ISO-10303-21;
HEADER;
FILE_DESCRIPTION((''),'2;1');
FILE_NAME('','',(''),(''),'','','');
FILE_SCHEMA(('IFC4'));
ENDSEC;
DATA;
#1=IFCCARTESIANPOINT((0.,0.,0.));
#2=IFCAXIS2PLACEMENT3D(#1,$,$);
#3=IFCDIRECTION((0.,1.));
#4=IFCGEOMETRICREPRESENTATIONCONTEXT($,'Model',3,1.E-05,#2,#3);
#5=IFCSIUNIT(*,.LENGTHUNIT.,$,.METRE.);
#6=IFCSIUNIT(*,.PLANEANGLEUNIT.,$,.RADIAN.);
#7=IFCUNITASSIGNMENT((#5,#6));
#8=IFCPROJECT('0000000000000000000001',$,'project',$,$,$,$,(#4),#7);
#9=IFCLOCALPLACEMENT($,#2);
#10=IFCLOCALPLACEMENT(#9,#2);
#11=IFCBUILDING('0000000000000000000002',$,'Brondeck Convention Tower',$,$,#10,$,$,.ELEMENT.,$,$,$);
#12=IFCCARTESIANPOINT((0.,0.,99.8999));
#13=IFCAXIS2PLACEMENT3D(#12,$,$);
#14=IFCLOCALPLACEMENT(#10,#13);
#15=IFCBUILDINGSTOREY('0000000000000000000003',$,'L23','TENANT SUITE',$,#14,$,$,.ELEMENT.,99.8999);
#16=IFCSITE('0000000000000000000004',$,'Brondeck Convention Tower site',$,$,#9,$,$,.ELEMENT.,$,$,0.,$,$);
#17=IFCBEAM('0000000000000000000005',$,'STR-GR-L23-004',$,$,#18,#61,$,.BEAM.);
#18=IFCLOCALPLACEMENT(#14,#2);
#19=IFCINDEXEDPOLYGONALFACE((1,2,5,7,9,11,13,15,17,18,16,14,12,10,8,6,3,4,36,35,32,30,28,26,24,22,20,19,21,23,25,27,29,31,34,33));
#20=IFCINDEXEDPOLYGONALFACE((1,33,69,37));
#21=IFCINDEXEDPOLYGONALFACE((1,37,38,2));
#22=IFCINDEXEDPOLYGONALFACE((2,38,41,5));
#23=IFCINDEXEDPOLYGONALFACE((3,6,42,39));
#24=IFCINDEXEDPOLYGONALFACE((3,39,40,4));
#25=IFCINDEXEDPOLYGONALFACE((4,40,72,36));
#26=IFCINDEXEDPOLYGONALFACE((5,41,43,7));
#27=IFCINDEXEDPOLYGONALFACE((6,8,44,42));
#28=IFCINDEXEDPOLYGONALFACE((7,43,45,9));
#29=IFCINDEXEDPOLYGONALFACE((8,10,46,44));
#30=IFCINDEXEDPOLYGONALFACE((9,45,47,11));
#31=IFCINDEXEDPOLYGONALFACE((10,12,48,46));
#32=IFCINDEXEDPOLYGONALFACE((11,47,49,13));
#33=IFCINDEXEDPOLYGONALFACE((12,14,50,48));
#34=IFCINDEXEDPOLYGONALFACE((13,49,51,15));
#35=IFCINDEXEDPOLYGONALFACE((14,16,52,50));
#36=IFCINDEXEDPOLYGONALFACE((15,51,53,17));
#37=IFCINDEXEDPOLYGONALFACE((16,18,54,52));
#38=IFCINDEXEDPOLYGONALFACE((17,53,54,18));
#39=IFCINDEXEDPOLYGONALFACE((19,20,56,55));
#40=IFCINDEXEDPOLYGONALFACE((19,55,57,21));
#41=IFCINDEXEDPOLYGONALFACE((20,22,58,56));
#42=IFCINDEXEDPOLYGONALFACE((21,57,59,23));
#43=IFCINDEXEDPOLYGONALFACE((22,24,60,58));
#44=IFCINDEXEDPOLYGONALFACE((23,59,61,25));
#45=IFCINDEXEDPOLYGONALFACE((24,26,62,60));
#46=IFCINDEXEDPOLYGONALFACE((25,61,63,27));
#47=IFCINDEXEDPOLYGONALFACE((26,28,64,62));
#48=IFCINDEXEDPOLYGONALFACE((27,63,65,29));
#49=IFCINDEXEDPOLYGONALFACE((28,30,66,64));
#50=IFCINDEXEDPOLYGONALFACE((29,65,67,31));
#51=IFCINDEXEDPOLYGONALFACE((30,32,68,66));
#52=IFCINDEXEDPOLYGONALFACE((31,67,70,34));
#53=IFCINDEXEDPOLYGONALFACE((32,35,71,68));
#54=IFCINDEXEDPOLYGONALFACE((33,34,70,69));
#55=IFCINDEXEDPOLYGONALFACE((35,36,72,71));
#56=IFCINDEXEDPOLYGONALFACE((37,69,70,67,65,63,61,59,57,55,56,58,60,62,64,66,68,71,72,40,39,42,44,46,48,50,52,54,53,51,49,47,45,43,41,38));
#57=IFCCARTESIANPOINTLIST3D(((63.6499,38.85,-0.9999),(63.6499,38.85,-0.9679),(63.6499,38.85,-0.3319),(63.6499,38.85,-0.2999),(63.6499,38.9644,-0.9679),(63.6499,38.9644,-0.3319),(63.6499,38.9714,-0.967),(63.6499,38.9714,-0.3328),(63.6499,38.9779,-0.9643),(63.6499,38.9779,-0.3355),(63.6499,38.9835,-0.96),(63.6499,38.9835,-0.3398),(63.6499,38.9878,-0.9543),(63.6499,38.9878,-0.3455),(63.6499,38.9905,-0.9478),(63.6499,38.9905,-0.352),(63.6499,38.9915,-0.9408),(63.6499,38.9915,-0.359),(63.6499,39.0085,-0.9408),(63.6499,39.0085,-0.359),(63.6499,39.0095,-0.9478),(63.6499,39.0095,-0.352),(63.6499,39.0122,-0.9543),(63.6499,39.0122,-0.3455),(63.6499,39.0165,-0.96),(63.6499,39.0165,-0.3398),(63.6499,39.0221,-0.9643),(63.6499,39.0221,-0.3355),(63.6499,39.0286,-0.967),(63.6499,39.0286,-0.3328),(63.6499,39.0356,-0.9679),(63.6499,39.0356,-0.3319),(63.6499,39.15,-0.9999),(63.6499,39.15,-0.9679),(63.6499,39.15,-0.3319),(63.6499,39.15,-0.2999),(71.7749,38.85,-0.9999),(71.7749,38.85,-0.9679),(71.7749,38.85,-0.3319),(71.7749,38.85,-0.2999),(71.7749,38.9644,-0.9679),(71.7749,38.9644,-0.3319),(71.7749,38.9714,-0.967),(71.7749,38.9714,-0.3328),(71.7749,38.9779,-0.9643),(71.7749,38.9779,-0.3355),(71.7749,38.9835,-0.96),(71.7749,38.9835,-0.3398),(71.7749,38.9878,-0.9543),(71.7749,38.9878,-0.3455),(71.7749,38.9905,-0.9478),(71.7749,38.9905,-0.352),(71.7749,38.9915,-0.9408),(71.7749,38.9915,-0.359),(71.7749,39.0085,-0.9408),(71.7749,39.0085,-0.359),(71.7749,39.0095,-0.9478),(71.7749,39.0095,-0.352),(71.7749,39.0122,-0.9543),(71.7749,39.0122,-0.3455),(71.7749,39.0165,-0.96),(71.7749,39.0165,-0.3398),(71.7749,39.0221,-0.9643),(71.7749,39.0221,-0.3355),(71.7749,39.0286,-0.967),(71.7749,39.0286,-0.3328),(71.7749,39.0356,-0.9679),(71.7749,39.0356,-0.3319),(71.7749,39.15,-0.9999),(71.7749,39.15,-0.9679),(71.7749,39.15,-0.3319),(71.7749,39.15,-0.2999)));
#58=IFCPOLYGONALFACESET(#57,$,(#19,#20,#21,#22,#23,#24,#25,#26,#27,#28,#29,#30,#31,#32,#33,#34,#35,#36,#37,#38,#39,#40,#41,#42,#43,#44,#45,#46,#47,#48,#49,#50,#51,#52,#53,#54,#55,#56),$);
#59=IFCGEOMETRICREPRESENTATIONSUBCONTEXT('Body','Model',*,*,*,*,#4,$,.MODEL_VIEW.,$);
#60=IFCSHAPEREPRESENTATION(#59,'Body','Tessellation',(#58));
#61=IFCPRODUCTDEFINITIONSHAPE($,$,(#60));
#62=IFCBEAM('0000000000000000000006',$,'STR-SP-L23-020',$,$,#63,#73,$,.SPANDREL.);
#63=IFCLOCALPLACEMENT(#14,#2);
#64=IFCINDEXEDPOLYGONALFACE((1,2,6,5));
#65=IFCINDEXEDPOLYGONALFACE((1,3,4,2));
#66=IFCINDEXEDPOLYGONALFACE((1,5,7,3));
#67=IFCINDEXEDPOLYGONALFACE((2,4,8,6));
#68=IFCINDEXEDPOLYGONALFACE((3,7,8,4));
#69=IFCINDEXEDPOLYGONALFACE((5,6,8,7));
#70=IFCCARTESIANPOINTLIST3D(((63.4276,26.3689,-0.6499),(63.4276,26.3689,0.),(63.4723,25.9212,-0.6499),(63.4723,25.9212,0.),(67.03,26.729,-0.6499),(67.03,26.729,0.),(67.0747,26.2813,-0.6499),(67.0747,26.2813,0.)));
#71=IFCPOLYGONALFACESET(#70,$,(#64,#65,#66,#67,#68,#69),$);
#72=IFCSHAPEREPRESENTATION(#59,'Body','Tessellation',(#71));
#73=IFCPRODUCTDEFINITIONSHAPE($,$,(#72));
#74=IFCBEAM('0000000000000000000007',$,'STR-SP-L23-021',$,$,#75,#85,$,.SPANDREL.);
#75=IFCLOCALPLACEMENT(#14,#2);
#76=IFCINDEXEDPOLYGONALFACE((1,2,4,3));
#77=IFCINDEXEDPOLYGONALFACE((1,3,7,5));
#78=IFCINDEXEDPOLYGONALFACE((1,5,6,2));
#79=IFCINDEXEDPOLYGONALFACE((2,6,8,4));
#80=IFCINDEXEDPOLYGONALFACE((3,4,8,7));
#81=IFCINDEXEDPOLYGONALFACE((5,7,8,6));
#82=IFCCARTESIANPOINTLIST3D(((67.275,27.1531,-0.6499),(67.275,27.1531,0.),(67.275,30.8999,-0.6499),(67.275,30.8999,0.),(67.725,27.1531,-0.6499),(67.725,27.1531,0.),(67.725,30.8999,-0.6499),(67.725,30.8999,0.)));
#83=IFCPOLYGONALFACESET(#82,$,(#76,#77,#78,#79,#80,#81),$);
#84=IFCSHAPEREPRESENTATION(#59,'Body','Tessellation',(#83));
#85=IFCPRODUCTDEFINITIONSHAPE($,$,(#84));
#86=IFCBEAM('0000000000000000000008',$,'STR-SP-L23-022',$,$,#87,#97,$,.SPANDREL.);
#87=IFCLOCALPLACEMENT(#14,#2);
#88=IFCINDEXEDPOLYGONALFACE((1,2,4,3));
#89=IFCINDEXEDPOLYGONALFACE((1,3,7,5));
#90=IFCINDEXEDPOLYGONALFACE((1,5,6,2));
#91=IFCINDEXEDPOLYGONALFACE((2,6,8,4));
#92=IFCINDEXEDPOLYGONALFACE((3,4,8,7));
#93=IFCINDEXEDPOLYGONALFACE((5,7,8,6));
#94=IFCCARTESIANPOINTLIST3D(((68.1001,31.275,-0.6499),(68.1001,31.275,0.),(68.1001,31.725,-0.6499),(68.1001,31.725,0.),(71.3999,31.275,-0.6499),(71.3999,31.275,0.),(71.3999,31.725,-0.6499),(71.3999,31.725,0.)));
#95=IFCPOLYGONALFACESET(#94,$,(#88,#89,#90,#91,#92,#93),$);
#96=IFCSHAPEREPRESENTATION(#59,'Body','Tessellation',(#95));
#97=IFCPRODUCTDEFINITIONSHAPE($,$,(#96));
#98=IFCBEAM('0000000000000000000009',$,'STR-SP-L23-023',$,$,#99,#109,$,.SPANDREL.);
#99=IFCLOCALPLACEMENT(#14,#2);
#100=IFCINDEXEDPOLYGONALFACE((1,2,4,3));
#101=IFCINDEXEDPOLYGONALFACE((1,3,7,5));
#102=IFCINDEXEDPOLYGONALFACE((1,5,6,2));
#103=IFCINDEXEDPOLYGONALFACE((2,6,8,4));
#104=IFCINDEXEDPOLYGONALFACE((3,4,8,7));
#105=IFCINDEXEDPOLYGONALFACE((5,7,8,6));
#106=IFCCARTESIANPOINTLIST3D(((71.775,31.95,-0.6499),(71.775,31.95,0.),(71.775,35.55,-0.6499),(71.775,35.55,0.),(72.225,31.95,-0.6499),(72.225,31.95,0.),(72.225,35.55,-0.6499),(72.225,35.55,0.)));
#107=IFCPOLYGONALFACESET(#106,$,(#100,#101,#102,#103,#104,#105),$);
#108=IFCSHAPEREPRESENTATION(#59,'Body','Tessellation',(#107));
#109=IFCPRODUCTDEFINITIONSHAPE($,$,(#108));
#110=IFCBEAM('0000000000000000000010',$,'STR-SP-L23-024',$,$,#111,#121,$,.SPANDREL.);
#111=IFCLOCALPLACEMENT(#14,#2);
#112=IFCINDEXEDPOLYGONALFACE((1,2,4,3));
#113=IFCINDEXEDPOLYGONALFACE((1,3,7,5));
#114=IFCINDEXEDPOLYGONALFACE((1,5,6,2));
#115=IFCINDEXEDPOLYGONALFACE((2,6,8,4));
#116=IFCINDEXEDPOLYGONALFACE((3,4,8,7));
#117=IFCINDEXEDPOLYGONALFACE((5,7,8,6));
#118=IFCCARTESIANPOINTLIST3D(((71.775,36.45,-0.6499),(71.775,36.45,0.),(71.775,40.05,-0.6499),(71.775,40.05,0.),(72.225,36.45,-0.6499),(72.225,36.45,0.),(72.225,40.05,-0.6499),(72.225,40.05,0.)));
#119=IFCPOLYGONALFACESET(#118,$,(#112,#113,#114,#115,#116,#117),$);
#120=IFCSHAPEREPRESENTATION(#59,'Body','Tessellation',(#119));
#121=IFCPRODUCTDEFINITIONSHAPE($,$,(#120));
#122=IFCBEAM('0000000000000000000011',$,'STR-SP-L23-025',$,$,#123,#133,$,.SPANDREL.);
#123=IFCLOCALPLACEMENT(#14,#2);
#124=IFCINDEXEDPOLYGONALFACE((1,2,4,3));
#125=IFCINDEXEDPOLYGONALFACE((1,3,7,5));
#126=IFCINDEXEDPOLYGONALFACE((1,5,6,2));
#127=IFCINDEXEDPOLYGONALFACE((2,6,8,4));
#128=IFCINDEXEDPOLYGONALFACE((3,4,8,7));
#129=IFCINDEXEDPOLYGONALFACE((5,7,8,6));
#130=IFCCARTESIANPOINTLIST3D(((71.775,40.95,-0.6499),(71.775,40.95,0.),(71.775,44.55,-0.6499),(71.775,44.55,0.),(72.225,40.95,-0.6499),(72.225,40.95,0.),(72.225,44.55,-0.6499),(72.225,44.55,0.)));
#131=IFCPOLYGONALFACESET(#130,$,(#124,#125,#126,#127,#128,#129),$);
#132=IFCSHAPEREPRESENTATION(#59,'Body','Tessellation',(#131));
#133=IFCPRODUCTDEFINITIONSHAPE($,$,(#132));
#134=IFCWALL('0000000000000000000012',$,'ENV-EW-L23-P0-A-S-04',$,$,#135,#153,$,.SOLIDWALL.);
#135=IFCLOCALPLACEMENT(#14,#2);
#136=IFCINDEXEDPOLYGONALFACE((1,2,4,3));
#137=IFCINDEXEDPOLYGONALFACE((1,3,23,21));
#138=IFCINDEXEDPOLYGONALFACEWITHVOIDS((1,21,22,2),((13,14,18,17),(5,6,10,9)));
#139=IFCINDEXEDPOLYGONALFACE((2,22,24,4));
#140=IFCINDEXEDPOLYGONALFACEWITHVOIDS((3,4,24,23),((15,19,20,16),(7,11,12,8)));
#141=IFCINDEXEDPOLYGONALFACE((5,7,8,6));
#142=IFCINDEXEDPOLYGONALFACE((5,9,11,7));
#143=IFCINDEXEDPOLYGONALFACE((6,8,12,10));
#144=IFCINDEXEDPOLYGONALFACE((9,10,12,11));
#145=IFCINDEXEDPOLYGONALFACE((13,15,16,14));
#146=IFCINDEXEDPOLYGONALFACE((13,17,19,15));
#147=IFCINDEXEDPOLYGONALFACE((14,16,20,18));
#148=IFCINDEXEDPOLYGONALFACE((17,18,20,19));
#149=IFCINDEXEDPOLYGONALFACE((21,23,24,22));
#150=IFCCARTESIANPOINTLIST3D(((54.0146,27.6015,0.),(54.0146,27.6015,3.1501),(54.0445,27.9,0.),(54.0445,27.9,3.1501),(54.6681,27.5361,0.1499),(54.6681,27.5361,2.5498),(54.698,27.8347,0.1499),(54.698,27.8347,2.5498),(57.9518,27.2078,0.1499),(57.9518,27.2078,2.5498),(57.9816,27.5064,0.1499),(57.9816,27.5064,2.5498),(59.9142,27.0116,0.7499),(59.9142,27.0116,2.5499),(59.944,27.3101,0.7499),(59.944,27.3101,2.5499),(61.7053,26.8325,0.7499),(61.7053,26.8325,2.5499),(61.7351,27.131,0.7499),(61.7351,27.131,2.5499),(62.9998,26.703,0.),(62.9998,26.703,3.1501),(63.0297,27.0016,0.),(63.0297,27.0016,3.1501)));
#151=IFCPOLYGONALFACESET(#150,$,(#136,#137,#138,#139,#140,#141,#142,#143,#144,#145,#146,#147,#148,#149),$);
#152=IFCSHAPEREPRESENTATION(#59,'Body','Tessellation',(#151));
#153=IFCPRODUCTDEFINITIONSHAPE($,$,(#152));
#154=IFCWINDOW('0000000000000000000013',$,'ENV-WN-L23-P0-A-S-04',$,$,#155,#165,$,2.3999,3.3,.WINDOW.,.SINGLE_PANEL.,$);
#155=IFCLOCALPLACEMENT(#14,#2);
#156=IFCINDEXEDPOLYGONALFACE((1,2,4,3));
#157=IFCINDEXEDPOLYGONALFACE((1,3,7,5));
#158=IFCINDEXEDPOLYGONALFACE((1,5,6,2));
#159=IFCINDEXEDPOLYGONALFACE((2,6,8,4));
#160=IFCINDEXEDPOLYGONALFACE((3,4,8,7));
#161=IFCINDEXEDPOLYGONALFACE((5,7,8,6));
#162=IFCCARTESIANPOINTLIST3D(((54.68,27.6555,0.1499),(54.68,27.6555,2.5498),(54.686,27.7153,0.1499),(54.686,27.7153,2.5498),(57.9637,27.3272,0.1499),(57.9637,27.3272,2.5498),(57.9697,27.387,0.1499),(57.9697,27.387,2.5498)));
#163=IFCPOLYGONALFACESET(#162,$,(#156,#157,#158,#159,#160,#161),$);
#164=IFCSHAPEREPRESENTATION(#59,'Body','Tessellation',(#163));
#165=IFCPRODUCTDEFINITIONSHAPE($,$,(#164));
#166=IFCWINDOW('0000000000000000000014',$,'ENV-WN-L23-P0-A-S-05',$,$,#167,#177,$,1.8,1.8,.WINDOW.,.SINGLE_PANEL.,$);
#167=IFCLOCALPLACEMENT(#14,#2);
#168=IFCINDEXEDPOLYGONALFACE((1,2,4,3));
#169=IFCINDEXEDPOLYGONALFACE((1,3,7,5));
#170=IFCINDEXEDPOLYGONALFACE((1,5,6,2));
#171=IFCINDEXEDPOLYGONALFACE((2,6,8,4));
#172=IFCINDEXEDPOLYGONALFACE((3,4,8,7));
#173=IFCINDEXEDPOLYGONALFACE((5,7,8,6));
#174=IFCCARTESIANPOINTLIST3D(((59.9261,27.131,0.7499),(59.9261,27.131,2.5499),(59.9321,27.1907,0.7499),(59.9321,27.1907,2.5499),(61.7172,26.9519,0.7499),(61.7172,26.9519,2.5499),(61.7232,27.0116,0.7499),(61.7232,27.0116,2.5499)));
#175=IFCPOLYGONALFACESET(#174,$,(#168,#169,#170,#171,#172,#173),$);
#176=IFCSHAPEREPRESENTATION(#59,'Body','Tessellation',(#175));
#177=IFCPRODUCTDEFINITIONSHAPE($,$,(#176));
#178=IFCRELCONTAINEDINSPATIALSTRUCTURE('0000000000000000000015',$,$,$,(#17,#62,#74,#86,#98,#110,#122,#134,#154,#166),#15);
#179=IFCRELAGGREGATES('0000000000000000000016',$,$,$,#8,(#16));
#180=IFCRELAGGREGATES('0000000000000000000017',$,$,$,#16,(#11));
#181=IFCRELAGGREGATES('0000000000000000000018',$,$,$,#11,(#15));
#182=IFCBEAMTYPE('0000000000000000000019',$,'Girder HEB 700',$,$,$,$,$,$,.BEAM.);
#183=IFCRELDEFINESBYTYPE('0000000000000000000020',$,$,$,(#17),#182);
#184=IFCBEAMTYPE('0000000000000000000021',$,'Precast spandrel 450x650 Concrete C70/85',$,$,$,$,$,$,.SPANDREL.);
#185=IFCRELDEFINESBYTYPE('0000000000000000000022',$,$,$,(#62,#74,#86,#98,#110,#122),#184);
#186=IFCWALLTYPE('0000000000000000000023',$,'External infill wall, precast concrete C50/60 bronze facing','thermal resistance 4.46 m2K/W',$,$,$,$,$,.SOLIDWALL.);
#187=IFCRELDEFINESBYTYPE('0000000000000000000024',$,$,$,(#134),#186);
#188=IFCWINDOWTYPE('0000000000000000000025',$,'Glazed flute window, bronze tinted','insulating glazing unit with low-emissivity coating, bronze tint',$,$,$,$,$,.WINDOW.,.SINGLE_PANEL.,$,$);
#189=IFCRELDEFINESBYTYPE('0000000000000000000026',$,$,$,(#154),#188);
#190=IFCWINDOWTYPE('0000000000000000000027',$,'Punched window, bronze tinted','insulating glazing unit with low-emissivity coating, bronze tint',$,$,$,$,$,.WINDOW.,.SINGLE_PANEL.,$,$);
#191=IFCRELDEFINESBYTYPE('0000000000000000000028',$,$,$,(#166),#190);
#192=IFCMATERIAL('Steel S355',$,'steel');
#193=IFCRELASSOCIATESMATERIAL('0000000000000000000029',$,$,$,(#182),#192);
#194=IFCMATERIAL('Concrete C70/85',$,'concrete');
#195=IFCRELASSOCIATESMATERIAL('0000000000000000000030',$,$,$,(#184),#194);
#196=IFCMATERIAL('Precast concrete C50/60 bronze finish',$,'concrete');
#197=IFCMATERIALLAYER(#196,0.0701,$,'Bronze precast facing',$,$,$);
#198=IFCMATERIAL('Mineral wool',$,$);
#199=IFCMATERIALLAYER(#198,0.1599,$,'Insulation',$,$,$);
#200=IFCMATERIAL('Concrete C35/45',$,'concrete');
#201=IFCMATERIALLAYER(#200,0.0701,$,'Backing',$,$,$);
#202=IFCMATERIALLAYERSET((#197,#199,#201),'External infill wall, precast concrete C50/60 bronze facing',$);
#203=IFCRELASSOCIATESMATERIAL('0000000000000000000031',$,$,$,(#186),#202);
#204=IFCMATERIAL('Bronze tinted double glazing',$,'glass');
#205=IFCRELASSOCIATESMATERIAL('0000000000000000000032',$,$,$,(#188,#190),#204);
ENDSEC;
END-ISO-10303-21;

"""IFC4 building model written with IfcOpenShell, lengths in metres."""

from ifc_helpers import new_model, si_unit, direction, frame, frame_2d, origin, origin_2d, place, context, subcontext, project, spatial, rectangle, i_section, extrude, material, layer, layer_set, material_profile, profile_set, type_object, element, fill, save


model = new_model("IFC4")

# Units and contexts
model_context = context("Model", 3, precision=1e-05, world=origin(), true_north=direction((0.0, 1.0)))
body_context = subcontext(model_context, "Body", "Model", "MODEL_VIEW")
ifc_project = project(units=[si_unit("LENGTHUNIT", "METRE"), si_unit("PLANEANGLEUNIT", "RADIAN")], contexts=[model_context])

# Site, building, storey
site_placement = place(None, origin())
site = spatial("IfcSite", under=ifc_project, at=site_placement, Name="Brondeck Convention Tower site", CompositionType="ELEMENT", RefElevation=0.0)
building_placement = place(site_placement, origin())
building = spatial("IfcBuilding", under=site, at=building_placement, Name="Brondeck Convention Tower", CompositionType="ELEMENT")
storey_placement = place(building_placement, frame((0.0, 0.0, 99.8999)))
storey = spatial("IfcBuildingStorey", under=building, at=storey_placement, Name="L23", Description="TENANT SUITE", CompositionType="ELEMENT", Elevation=99.8999)

# Shared definitions
ifc_material_1 = material(Name="Concrete C70/85", Category="concrete")

# Beams
ifc_material_2 = material(Name="Steel S355", Category="steel")
ifc_material_profile_1 = material_profile(ifc_material_2, i_section(OverallWidth=0.3, OverallDepth=0.7, WebThickness=0.0171, FlangeThickness=0.032, FilletRadius=0.0271, at=origin_2d()), Name="HEB 700")
ifc_profile_set_1 = profile_set([ifc_material_profile_1], Name="Steel S355")
beam_type_1 = type_object("IfcBeamType", Name="Girder HEB 700", PredefinedType="BEAM", material=ifc_profile_set_1)
beam_1_placement = place(storey_placement, frame((63.6499, 39.0, -0.6499), z_axis=(1.0, 0.0, 0.0), x_axis=(0.0, 1.0, 0.0)))
element("IfcBeam", 1, at=beam_1_placement, inside=storey, type_object=beam_type_1, Name="STR-GR-L23-004", PredefinedType="BEAM", context=body_context, shape_type="SweptSolid", body=[
    extrude(i_section(OverallWidth=0.3, OverallDepth=0.7, WebThickness=0.0171, FlangeThickness=0.032, FilletRadius=0.0271, at=origin_2d()), origin(), (0.0, 0.0, 1.0), 8.125),
])
ifc_material_profile_2 = material_profile(ifc_material_1, rectangle(XDim=0.45, YDim=0.6499, at=origin_2d()), Name="Precast spandrel 450x650 Concrete C70/85")
ifc_profile_set_2 = profile_set([ifc_material_profile_2], Name="Concrete C70/85")
beam_type_2 = type_object("IfcBeamType", Name="Precast spandrel 450x650 Concrete C70/85", PredefinedType="SPANDREL", material=ifc_profile_set_2)
beam_2_placement = place(storey_placement, frame((63.45, 26.145, -0.325), z_axis=(0.995041, 0.09947, 0.0), x_axis=(-0.09947, 0.995041, 0.0)))
element("IfcBeam", 2, at=beam_2_placement, inside=storey, type_object=beam_type_2, Name="STR-SP-L23-020", PredefinedType="SPANDREL", context=body_context, shape_type="SweptSolid", body=[
    extrude(rectangle(XDim=0.45, YDim=0.6499, at=origin_2d()), origin(), (0.0, 0.0, 1.0), 3.6204),
])
beam_3_placement = place(storey_placement, frame((67.5, 27.1531, -0.325), z_axis=(0.0, 1.0, 0.0), x_axis=(-1.0, 0.0, 0.0)))
element("IfcBeam", 3, at=beam_3_placement, inside=storey, type_object=beam_type_2, Name="STR-SP-L23-021", PredefinedType="SPANDREL", context=body_context, shape_type="SweptSolid", body=[
    extrude(rectangle(XDim=0.45, YDim=0.6499, at=origin_2d()), origin(), (0.0, 0.0, 1.0), 3.7468),
])
beam_4_placement = place(storey_placement, frame((68.1001, 31.5, -0.325), z_axis=(1.0, 0.0, 0.0), x_axis=(0.0, 1.0, 0.0)))
element("IfcBeam", 4, at=beam_4_placement, inside=storey, type_object=beam_type_2, Name="STR-SP-L23-022", PredefinedType="SPANDREL", context=body_context, shape_type="SweptSolid", body=[
    extrude(rectangle(XDim=0.45, YDim=0.6499, at=origin_2d()), origin(), (0.0, 0.0, 1.0), 3.2998),
])
for number, where, z_axis, x_axis, name in (
    (5, (72.0, 31.95, -0.325), (0.0, 1.0, 0.0), (-1.0, 0.0, 0.0), "STR-SP-L23-023"),
    (6, (72.0, 36.45, -0.325), (0.0, 1.0, 0.0), (-1.0, 0.0, 0.0), "STR-SP-L23-024"),
    (7, (72.0, 40.95, -0.325), (0.0, 1.0, 0.0), (-1.0, 0.0, 0.0), "STR-SP-L23-025"),
):
    element("IfcBeam", number, at=place(storey_placement, frame(where, z_axis=z_axis, x_axis=x_axis)), inside=storey, type_object=beam_type_2, Name=name, PredefinedType="SPANDREL", context=body_context, shape_type="SweptSolid", body=[
        extrude(rectangle(XDim=0.45, YDim=0.6499, at=origin_2d()), origin(), (0.0, 0.0, 1.0), 3.6001),
    ])

# Wall, openings, windows
ifc_material_3 = material(Name="Precast concrete C50/60 bronze finish", Category="concrete")
ifc_layer_1 = layer(ifc_material_3, 0.0701, Name="Bronze precast facing")
ifc_material_4 = material(Name="Mineral wool")
ifc_layer_2 = layer(ifc_material_4, 0.1599, Name="Insulation")
ifc_material_5 = material(Name="Concrete C35/45", Category="concrete")
ifc_layer_3 = layer(ifc_material_5, 0.0701, Name="Backing")
ifc_layer_set_1 = layer_set([ifc_layer_1, ifc_layer_2, ifc_layer_3], Name="External infill wall, precast concrete C50/60 bronze facing")
wall_type_1 = type_object("IfcWallType", Name="External infill wall, precast concrete C50/60 bronze facing", Description="thermal resistance 4.46 m2K/W", PredefinedType="SOLIDWALL", material=ifc_layer_set_1)
wall_1_placement = place(storey_placement, frame((63.0149, 26.8523, 0.0), z_axis=(0.0, 0.0, 1.0), x_axis=(-0.995038, 0.099496, 0.0)))
wall_1 = element("IfcWall", 8, at=wall_1_placement, inside=storey, type_object=wall_type_1, Name="ENV-EW-L23-P0-A-S-04", PredefinedType="SOLIDWALL", context=body_context, shape_type="SweptSolid", body=[
    extrude(rectangle(XDim=9.03, YDim=0.3, at=frame_2d((4.5151, 0.0))), origin(), (0.0, 0.0, 1.0), 3.1501),
])
opening_1_placement = place(wall_1_placement, frame((1.3013, 0.0, 0.75)))
opening_1 = element("IfcOpeningElement", 9, at=opening_1_placement, cuts=wall_1, PredefinedType="OPENING", context=body_context, shape_type="SweptSolid", body=[
    extrude(rectangle(XDim=1.8, YDim=1.8, at=frame_2d((0.8999, 0.8999))), frame((0.0, 0.1599, 0.0), z_axis=(0.0, -1.0, 0.0), x_axis=(1.0, 0.0, 0.0)), (0.0, 0.0, 1.0), 0.3201),
])
opening_2_placement = place(wall_1_placement, frame((5.0735, 0.0, 0.1499)))
opening_2 = element("IfcOpeningElement", 10, at=opening_2_placement, cuts=wall_1, PredefinedType="OPENING", context=body_context, shape_type="SweptSolid", body=[
    extrude(rectangle(XDim=3.3, YDim=2.3999, at=frame_2d((1.6499, 1.2))), frame((0.0, 0.1599, 0.0), z_axis=(0.0, -1.0, 0.0), x_axis=(1.0, 0.0, 0.0)), (0.0, 0.0, 1.0), 0.3201),
])
ifc_material_6 = material(Name="Bronze tinted double glazing", Category="glass")
window_type_1 = type_object("IfcWindowType", Name="Glazed flute window, bronze tinted", Description="insulating glazing unit with low-emissivity coating, bronze tint", PartitioningType="SINGLE_PANEL", PredefinedType="WINDOW", material=ifc_material_6)
window_1_placement = place(opening_2_placement, origin())
window_1 = element("IfcWindow", 11, at=window_1_placement, inside=storey, type_object=window_type_1, Name="ENV-WN-L23-P0-A-S-04", OverallHeight=2.3999, OverallWidth=3.3, PartitioningType="SINGLE_PANEL", PredefinedType="WINDOW", context=body_context, shape_type="SweptSolid", body=[
    extrude(rectangle(XDim=3.3, YDim=2.3999, at=frame_2d((1.6499, 1.2))), frame((0.0, 0.03, 0.0), z_axis=(0.0, -1.0, 0.0), x_axis=(1.0, 0.0, 0.0)), (0.0, 0.0, 1.0), 0.0601),
])
fill(opening_2, window_1)
window_type_2 = type_object("IfcWindowType", Name="Punched window, bronze tinted", Description="insulating glazing unit with low-emissivity coating, bronze tint", PartitioningType="SINGLE_PANEL", PredefinedType="WINDOW", material=ifc_material_6)
window_2_placement = place(opening_1_placement, origin())
window_2 = element("IfcWindow", 12, at=window_2_placement, inside=storey, type_object=window_type_2, Name="ENV-WN-L23-P0-A-S-05", OverallHeight=1.8, OverallWidth=1.8, PartitioningType="SINGLE_PANEL", PredefinedType="WINDOW", context=body_context, shape_type="SweptSolid", body=[
    extrude(rectangle(XDim=1.8, YDim=1.8, at=frame_2d((0.8999, 0.8999))), frame((0.0, 0.03, 0.0), z_axis=(0.0, -1.0, 0.0), x_axis=(1.0, 0.0, 0.0)), (0.0, 0.0, 1.0), 0.0601),
])
fill(opening_1, window_2)

save(model, "model.ifc")
